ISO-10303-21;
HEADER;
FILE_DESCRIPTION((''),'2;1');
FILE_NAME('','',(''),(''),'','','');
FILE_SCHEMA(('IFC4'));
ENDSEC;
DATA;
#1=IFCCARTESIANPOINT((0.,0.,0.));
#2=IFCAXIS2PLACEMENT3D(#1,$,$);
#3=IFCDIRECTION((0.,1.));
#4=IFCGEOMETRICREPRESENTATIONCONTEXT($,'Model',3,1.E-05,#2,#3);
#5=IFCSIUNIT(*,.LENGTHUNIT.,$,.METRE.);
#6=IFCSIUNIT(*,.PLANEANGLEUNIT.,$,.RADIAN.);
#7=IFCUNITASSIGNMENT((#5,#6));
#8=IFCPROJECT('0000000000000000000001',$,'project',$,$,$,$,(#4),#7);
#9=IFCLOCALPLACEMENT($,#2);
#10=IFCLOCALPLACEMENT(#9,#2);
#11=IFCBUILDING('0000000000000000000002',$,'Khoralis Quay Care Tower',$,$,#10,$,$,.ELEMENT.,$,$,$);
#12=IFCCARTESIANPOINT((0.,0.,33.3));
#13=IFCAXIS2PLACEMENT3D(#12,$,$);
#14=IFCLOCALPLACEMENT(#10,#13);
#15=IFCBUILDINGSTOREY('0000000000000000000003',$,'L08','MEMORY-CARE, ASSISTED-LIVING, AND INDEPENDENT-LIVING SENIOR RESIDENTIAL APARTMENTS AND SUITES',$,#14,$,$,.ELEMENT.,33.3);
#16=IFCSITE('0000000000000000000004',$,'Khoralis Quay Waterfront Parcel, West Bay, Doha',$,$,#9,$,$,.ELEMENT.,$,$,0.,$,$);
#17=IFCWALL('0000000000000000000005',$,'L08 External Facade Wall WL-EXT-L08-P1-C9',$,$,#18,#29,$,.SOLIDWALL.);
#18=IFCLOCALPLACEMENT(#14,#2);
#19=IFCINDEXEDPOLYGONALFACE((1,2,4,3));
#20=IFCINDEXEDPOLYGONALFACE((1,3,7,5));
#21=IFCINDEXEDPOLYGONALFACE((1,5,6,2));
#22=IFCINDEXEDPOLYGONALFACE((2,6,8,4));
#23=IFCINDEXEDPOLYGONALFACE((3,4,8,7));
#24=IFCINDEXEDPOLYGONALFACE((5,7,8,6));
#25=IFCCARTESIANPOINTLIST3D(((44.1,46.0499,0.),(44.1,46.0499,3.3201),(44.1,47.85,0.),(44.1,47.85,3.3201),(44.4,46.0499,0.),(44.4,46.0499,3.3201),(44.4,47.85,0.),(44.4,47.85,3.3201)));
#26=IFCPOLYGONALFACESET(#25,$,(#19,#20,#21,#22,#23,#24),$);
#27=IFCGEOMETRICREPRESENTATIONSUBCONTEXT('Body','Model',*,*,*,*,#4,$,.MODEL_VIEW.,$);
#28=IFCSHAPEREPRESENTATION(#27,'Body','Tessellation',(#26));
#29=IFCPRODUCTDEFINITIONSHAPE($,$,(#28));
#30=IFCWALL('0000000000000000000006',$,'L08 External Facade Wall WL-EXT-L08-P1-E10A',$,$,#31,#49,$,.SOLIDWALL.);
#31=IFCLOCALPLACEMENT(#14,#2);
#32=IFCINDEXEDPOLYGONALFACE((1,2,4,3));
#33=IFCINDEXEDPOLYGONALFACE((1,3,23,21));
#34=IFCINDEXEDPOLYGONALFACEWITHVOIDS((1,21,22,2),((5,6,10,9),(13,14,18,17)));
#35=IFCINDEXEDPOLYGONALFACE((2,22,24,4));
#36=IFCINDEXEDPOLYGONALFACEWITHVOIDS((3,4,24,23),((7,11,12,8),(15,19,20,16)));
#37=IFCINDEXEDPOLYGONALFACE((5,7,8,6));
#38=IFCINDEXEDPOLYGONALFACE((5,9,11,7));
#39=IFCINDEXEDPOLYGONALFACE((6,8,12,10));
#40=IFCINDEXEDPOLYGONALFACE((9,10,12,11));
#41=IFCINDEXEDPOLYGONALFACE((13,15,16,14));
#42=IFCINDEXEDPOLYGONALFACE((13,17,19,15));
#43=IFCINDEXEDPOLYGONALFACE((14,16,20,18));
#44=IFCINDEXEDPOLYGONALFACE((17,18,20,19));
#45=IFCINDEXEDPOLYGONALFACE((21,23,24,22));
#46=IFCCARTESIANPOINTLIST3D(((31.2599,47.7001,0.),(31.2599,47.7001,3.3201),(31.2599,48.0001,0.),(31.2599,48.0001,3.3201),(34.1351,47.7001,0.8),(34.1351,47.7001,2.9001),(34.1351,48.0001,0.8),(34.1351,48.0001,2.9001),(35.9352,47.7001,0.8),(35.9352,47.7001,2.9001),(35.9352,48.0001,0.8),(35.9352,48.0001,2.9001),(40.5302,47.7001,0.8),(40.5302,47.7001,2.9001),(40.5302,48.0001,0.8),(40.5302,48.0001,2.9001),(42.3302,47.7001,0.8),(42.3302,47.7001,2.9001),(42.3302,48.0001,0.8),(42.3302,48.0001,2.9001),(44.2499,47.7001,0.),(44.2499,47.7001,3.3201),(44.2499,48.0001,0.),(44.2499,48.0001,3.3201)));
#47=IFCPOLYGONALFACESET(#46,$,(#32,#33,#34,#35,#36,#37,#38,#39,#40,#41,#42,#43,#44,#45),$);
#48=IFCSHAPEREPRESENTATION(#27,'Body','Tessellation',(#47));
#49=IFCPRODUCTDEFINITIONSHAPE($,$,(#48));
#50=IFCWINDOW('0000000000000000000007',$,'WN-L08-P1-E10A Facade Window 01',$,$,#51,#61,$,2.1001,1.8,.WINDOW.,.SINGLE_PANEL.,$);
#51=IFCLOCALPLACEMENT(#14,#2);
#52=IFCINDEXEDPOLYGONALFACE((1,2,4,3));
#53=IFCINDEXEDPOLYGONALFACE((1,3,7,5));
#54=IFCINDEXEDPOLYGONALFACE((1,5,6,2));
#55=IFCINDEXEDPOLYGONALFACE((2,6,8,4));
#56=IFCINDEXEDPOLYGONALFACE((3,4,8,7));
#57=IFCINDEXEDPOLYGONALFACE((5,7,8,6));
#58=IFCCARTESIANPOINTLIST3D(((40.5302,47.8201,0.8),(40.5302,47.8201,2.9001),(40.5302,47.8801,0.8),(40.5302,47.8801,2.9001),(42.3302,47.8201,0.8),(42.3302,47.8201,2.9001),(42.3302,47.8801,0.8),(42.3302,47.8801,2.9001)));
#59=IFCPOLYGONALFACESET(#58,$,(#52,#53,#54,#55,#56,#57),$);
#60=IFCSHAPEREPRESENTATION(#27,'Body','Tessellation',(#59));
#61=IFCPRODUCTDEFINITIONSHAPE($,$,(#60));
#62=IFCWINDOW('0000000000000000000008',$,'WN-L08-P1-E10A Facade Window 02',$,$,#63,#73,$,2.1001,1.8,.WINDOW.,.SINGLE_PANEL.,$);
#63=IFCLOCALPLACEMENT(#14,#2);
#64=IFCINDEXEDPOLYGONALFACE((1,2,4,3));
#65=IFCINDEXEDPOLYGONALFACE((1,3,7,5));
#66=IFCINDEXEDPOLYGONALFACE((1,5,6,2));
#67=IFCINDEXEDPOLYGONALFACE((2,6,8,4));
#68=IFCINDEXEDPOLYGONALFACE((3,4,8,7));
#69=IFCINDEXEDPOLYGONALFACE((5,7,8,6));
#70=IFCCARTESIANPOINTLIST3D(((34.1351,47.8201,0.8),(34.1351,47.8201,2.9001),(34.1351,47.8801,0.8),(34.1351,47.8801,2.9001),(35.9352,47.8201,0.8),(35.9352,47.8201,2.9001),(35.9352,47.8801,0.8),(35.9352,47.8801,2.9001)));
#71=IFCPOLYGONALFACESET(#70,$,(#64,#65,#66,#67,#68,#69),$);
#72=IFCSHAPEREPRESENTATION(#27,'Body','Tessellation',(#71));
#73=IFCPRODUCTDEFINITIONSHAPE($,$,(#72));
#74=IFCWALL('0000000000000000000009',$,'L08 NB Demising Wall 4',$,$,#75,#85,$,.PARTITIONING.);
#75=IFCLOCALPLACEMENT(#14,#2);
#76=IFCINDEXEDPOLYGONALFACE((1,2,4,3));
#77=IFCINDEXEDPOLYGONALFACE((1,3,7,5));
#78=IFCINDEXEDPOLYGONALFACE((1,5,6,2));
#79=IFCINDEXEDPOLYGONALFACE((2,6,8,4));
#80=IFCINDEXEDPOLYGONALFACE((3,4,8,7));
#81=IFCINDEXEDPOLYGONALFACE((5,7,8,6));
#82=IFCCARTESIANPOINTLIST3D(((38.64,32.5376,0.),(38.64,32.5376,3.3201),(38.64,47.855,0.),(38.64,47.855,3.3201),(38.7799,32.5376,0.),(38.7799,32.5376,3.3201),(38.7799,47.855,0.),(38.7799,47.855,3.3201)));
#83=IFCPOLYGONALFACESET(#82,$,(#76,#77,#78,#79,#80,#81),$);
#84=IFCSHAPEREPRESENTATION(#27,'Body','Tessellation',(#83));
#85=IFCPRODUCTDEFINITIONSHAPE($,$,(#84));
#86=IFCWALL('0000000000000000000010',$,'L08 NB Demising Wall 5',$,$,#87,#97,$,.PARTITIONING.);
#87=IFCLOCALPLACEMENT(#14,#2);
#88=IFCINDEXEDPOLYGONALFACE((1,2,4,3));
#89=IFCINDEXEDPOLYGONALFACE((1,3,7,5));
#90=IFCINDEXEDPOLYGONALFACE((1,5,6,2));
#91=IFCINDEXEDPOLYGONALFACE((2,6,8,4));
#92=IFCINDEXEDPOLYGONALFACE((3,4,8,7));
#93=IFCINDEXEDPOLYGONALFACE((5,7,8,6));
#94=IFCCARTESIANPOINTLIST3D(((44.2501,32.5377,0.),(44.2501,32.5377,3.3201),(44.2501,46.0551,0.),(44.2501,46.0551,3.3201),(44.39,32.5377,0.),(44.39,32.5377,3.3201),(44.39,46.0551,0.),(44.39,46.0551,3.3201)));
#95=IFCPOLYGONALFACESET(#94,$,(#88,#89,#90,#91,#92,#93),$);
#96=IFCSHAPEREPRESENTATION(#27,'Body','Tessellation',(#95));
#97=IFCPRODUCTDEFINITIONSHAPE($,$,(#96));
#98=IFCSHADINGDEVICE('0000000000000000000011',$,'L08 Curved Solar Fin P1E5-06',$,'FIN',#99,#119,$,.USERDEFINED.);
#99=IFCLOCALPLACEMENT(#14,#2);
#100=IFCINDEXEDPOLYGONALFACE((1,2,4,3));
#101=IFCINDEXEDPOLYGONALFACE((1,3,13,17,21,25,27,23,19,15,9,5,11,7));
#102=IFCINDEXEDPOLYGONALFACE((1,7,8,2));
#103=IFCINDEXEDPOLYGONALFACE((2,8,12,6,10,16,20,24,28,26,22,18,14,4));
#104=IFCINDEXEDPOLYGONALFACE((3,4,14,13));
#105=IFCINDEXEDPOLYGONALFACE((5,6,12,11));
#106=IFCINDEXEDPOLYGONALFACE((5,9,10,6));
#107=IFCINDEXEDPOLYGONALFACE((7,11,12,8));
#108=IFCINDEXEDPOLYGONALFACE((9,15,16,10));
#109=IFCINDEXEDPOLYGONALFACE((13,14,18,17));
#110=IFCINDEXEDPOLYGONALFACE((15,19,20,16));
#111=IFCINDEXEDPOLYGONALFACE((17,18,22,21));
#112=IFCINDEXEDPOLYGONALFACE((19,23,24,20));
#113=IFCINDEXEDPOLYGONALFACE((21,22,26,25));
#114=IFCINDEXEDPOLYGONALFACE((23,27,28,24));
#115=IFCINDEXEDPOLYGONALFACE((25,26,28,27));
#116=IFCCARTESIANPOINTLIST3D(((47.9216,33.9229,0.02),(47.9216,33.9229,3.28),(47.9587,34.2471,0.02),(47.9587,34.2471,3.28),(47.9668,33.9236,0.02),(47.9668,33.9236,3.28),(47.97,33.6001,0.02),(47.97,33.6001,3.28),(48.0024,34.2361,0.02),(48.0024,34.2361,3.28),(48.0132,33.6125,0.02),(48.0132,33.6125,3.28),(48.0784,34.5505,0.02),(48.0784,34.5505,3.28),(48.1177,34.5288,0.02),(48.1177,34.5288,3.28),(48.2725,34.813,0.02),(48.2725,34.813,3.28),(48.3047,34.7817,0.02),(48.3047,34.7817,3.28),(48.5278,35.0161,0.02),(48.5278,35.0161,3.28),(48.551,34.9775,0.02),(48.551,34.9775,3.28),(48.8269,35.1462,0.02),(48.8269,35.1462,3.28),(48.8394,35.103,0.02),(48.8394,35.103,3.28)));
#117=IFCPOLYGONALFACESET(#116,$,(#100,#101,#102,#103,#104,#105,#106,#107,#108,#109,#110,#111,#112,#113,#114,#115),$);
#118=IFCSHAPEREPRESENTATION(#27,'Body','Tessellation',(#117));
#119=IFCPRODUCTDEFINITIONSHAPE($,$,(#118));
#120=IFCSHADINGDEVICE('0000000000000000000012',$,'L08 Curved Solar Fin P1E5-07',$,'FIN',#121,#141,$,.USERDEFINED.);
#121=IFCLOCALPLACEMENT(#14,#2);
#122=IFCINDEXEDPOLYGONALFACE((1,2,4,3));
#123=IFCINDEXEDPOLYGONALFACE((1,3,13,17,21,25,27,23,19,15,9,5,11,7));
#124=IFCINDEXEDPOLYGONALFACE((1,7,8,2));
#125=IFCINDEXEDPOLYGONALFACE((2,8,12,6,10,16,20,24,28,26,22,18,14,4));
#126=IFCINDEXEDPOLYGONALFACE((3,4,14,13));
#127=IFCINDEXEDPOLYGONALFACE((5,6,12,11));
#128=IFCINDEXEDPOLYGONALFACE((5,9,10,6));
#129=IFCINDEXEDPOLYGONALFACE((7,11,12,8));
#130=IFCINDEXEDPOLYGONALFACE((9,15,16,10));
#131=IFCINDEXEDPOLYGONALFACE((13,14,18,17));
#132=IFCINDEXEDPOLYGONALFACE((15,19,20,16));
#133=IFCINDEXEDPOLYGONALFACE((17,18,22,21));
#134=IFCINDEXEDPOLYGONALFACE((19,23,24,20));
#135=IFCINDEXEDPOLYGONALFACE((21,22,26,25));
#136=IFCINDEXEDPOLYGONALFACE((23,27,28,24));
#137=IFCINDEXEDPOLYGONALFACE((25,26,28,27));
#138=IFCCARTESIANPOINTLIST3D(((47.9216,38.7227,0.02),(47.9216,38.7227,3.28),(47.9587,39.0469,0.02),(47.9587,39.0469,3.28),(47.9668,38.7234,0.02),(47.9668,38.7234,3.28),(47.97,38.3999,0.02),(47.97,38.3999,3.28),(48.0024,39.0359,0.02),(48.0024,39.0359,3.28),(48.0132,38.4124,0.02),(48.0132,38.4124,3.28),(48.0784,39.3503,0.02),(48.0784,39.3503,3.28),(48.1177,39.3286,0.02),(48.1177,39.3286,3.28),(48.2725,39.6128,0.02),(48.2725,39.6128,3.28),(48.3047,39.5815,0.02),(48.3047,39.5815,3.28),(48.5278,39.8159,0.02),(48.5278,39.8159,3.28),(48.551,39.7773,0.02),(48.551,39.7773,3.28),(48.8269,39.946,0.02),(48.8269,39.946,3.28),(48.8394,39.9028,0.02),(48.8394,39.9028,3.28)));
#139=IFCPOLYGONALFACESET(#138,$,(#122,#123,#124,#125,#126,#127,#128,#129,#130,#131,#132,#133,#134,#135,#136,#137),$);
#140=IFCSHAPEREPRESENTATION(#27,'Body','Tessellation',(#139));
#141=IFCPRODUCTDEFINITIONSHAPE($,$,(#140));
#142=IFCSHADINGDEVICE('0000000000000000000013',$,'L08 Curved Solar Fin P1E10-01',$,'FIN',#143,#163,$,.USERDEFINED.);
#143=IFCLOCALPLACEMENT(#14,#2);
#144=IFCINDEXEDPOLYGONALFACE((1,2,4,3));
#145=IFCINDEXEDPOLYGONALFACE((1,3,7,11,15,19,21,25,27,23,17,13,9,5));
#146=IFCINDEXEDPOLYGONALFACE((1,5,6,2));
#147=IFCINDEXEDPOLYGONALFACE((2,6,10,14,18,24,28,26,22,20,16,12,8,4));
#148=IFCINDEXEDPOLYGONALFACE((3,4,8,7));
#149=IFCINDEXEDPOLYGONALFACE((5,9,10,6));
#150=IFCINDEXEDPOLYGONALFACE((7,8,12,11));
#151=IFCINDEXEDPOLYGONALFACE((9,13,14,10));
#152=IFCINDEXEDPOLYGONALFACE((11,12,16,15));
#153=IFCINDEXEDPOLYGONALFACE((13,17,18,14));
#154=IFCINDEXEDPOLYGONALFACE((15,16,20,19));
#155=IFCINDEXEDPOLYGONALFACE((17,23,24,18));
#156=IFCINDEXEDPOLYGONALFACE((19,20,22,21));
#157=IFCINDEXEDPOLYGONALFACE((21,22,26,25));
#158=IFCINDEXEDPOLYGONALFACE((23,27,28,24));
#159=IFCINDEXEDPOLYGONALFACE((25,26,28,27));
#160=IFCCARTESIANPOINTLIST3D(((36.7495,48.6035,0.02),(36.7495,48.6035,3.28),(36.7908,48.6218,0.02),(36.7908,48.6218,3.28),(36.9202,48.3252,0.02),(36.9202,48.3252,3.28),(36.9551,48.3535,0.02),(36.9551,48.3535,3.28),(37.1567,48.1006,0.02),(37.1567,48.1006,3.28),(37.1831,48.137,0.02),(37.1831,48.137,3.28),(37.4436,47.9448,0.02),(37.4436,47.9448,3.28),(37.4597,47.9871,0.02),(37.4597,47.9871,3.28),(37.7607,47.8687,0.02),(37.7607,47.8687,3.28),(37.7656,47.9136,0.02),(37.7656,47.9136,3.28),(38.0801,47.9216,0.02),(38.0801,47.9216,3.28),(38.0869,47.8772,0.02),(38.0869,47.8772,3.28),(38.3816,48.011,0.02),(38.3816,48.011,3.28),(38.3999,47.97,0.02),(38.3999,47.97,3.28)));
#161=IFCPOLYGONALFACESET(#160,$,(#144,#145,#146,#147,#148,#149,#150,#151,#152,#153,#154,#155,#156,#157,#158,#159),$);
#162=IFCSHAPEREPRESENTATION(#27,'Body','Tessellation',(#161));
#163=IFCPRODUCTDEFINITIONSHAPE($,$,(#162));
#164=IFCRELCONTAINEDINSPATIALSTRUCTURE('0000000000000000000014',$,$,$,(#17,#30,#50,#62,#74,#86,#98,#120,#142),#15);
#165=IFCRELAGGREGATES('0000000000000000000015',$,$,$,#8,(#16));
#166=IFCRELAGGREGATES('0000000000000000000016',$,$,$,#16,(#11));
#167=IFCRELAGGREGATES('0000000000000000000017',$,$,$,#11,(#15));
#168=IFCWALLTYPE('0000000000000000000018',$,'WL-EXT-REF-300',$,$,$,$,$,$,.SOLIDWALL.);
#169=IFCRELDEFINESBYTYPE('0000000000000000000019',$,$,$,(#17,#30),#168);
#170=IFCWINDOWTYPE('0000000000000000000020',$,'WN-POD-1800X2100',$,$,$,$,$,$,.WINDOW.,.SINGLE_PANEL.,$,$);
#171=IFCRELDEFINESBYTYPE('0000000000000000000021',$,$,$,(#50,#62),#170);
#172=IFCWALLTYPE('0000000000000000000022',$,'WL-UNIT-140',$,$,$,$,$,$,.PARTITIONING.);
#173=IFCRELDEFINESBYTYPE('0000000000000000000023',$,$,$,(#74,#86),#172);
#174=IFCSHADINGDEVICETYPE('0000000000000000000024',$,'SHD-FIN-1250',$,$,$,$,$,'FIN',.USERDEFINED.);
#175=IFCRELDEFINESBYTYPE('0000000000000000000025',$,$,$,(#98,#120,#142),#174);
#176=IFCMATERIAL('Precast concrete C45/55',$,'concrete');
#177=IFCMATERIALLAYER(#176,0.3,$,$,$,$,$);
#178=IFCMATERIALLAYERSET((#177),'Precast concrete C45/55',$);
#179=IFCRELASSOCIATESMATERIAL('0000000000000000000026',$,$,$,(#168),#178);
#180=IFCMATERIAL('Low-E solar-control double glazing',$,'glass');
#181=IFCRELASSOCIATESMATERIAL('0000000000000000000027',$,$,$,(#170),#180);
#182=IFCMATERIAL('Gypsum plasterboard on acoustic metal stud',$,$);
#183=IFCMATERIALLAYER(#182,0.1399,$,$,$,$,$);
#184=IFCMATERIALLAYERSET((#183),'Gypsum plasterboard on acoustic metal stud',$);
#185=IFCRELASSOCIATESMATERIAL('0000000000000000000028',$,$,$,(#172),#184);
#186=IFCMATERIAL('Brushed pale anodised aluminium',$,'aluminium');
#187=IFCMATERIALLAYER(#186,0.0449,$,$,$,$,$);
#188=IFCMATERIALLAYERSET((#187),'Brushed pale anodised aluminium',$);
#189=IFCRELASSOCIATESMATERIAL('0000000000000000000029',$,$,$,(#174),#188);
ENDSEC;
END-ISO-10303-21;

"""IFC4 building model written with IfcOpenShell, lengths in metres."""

from ifc_helpers import new_model, si_unit, direction, frame, frame_2d, origin, place, context, subcontext, project, spatial, polyline, rectangle, outline, extrude, source, transform, mapped, material, layer, layer_set, type_object, element, fill, save


model = new_model("IFC4")

# Units and contexts
model_context = context("Model", 3, precision=1e-05, world=origin(), true_north=direction((0.0, 1.0)))
body_context = subcontext(model_context, "Body", "Model", "MODEL_VIEW")
ifc_project = project(units=[si_unit("LENGTHUNIT", "METRE"), si_unit("PLANEANGLEUNIT", "RADIAN")], contexts=[model_context])

# Site, building, storey
site_placement = place(None, origin())
site = spatial("IfcSite", under=ifc_project, at=site_placement, Name="Khoralis Quay Waterfront Parcel, West Bay, Doha", CompositionType="ELEMENT", RefElevation=0.0)
building_placement = place(site_placement, origin())
building = spatial("IfcBuilding", under=site, at=building_placement, Name="Khoralis Quay Care Tower", CompositionType="ELEMENT")
storey_placement = place(building_placement, frame((0.0, 0.0, 33.3)))
storey = spatial("IfcBuildingStorey", under=building, at=storey_placement, Name="L08", Description="MEMORY-CARE, ASSISTED-LIVING, AND INDEPENDENT-LIVING SENIOR RESIDENTIAL APARTMENTS AND SUITES", CompositionType="ELEMENT", Elevation=33.3)

# Shared definitions
ifc_material_1 = material(Name="Low-E solar-control double glazing", Category="glass")

# Shared definitions
ifc_material_2 = material(Name="Precast concrete C45/55", Category="concrete")
ifc_layer_1 = layer(ifc_material_2, 0.3)
ifc_layer_set_1 = layer_set([ifc_layer_1], Name="Precast concrete C45/55")
wall_type_1 = type_object("IfcWallType", Name="WL-EXT-REF-300", PredefinedType="SOLIDWALL", material=ifc_layer_set_1)
window_type = type_object("IfcWindowType", Name="WN-POD-1800X2100", PartitioningType="SINGLE_PANEL", PredefinedType="WINDOW", material=ifc_material_1)
shared_shape_1 = source(origin(), body_context, "Body", "SweptSolid", [
    extrude(rectangle(XDim=1.8, YDim=2.1001, at=frame_2d((0.8999, 1.05))), frame((0.0, 0.03, 0.0), z_axis=(0.0, -1.0, 0.0), x_axis=(1.0, 0.0, 0.0)), (0.0, 0.0, 1.0), 0.0601),
])

# Wall
for number, where, z_axis, x_axis, name in (
    (1, (44.25, 46.05, 0.0), (0.0, 0.0, 1.0), (0.0, 1.0, 0.0), "L08 External Facade Wall WL-EXT-L08-P1-C9"),
):
    element("IfcWall", number, at=place(storey_placement, frame(where, z_axis=z_axis, x_axis=x_axis)), inside=storey, type_object=wall_type_1, Name=name, PredefinedType="SOLIDWALL", context=body_context, shape_type="SweptSolid", body=[
        extrude(rectangle(XDim=1.8, YDim=0.3, at=frame_2d((0.8999, 0.0))), origin(), (0.0, 0.0, 1.0), 3.3201),
    ])

# Wall, openings, windows
wall_1_placement = place(storey_placement, frame((44.25, 47.8501, 0.0), z_axis=(0.0, 0.0, 1.0), x_axis=(-1.0, 0.0, 0.0)))
wall_1 = element("IfcWall", 2, at=wall_1_placement, inside=storey, type_object=wall_type_1, Name="L08 External Facade Wall WL-EXT-L08-P1-E10A", PredefinedType="SOLIDWALL", context=body_context, shape_type="SweptSolid", body=[
    extrude(rectangle(XDim=12.99, YDim=0.3, at=frame_2d((6.4951, 0.0))), origin(), (0.0, 0.0, 1.0), 3.3201),
])
opening_1_placement = place(wall_1_placement, frame((1.9199, 0.0, 0.8)))
opening_1 = element("IfcOpeningElement", 3, at=opening_1_placement, cuts=wall_1, PredefinedType="OPENING", context=body_context, shape_type="SweptSolid", body=[
    extrude(rectangle(XDim=1.8, YDim=2.1001, at=frame_2d((0.8999, 1.05))), frame((0.0, 0.1602, 0.0), z_axis=(0.0, -1.0, 0.0), x_axis=(1.0, 0.0, 0.0)), (0.0, 0.0, 1.0), 0.3201),
])
opening_2_placement = place(wall_1_placement, frame((8.3149, 0.0, 0.8)))
opening_2 = element("IfcOpeningElement", 4, at=opening_2_placement, cuts=wall_1, PredefinedType="OPENING", context=body_context, shape_type="SweptSolid", body=[
    extrude(rectangle(XDim=1.8, YDim=2.1001, at=frame_2d((0.8999, 1.05))), frame((0.0, 0.1602, 0.0), z_axis=(0.0, -1.0, 0.0), x_axis=(1.0, 0.0, 0.0)), (0.0, 0.0, 1.0), 0.3201),
])
window_1_placement = place(opening_1_placement, origin())
window_1 = element("IfcWindow", 5, at=window_1_placement, inside=storey, type_object=window_type, Name="WN-L08-P1-E10A Facade Window 01", OverallHeight=2.1001, OverallWidth=1.8, PartitioningType="SINGLE_PANEL", PredefinedType="WINDOW", context=body_context, shape_type="MappedRepresentation", body=[
    mapped(shared_shape_1, transform((0.0, 0.0, 0.0), scale=1.0)),
])
fill(opening_1, window_1)
window_2_placement = place(opening_2_placement, origin())
window_2 = element("IfcWindow", 6, at=window_2_placement, inside=storey, type_object=window_type, Name="WN-L08-P1-E10A Facade Window 02", OverallHeight=2.1001, OverallWidth=1.8, PartitioningType="SINGLE_PANEL", PredefinedType="WINDOW", context=body_context, shape_type="MappedRepresentation", body=[
    mapped(shared_shape_1, transform((0.0, 0.0, 0.0), scale=1.0)),
])
fill(opening_2, window_2)

# Walls
ifc_material_3 = material(Name="Gypsum plasterboard on acoustic metal stud")
ifc_layer_2 = layer(ifc_material_3, 0.1399)
ifc_layer_set_2 = layer_set([ifc_layer_2], Name="Gypsum plasterboard on acoustic metal stud")
wall_type_2 = type_object("IfcWallType", Name="WL-UNIT-140", PredefinedType="PARTITIONING", material=ifc_layer_set_2)
wall_2_placement = place(storey_placement, frame((38.71, 32.5376, 0.0), z_axis=(0.0, 0.0, 1.0), x_axis=(0.0, 1.0, 0.0)))
element("IfcWall", 7, at=wall_2_placement, inside=storey, type_object=wall_type_2, Name="L08 NB Demising Wall 4", PredefinedType="PARTITIONING", context=body_context, shape_type="SweptSolid", body=[
    extrude(rectangle(XDim=15.3174, YDim=0.1399, at=frame_2d((7.6587, 0.0))), origin(), (0.0, 0.0, 1.0), 3.3201),
])
wall_3_placement = place(storey_placement, frame((44.3201, 32.5376, 0.0), z_axis=(0.0, 0.0, 1.0), x_axis=(0.0, 1.0, 0.0)))
element("IfcWall", 8, at=wall_3_placement, inside=storey, type_object=wall_type_2, Name="L08 NB Demising Wall 5", PredefinedType="PARTITIONING", context=body_context, shape_type="SweptSolid", body=[
    extrude(rectangle(XDim=13.5173, YDim=0.1399, at=frame_2d((6.7588, 0.0))), origin(), (0.0, 0.0, 1.0), 3.3201),
])

# Shading devices
ifc_material_4 = material(Name="Brushed pale anodised aluminium", Category="aluminium")
ifc_layer_3 = layer(ifc_material_4, 0.0449)
ifc_layer_set_3 = layer_set([ifc_layer_3], Name="Brushed pale anodised aluminium")
shading_device_type = type_object("IfcShadingDeviceType", Name="SHD-FIN-1250", ElementType="FIN", PredefinedType="USERDEFINED", material=ifc_layer_set_3)
shared_shape_2 = source(origin(), body_context, "Body", "SweptSolid", [
    extrude(outline(polyline([(0.0, 0.0), (-0.0483, 0.3228), (-0.0112, 0.647), (0.1084, 0.9504), (0.3025, 1.2129), (0.5579, 1.416), (0.8569, 1.5461), (0.8694, 1.5029), (0.5811, 1.3774), (0.3347, 1.1816), (0.1477, 0.9287), (0.0325, 0.636), (-0.0032, 0.3235), (0.0432, 0.0125), (0.0, 0.0)])), origin(), (0.0, 0.0, 1.0), 3.26),
])
for number, where, z_axis, x_axis, name in (
    (9, (47.97, 33.6001, 0.02), (0.0, 0.0, 1.0), (1.0, 0.0, 0.0), "L08 Curved Solar Fin P1E5-06"),
    (10, (47.97, 38.3999, 0.02), (0.0, 0.0, 1.0), (1.0, 0.0, 0.0), "L08 Curved Solar Fin P1E5-07"),
):
    element("IfcShadingDevice", number, at=place(storey_placement, frame(where, z_axis=z_axis, x_axis=x_axis)), inside=storey, type_object=shading_device_type, Name=name, ObjectType="FIN", PredefinedType="USERDEFINED", context=body_context, shape_type="MappedRepresentation", body=[
        mapped(shared_shape_2, transform((0.0, 0.0, 0.0), scale=1.0)),
    ])
shared_shape_3 = source(origin(), body_context, "Body", "SweptSolid", [
    extrude(outline(polyline([(0.0, 0.0), (-0.0928, 0.313), (-0.1013, 0.6392), (-0.0251, 0.9563), (0.1306, 1.2432), (0.3552, 1.4797), (0.6335, 1.6504), (0.6519, 1.6091), (0.3835, 1.4448), (0.167, 1.2168), (0.0171, 0.9402), (-0.0564, 0.6343), (-0.0483, 0.3198), (0.041, 0.0183), (0.0, 0.0)])), origin(), (0.0, 0.0, 1.0), 3.26),
])
for number, where, z_axis, x_axis, name in (
    (11, (38.3999, 47.97, 0.02), (0.0, 0.0, 1.0), (0.0, 1.0, 0.0), "L08 Curved Solar Fin P1E10-01"),
):
    element("IfcShadingDevice", number, at=place(storey_placement, frame(where, z_axis=z_axis, x_axis=x_axis)), inside=storey, type_object=shading_device_type, Name=name, ObjectType="FIN", PredefinedType="USERDEFINED", context=body_context, shape_type="MappedRepresentation", body=[
        mapped(shared_shape_3, transform((0.0, 0.0, 0.0), scale=1.0)),
    ])

save(model, "model.ifc")
